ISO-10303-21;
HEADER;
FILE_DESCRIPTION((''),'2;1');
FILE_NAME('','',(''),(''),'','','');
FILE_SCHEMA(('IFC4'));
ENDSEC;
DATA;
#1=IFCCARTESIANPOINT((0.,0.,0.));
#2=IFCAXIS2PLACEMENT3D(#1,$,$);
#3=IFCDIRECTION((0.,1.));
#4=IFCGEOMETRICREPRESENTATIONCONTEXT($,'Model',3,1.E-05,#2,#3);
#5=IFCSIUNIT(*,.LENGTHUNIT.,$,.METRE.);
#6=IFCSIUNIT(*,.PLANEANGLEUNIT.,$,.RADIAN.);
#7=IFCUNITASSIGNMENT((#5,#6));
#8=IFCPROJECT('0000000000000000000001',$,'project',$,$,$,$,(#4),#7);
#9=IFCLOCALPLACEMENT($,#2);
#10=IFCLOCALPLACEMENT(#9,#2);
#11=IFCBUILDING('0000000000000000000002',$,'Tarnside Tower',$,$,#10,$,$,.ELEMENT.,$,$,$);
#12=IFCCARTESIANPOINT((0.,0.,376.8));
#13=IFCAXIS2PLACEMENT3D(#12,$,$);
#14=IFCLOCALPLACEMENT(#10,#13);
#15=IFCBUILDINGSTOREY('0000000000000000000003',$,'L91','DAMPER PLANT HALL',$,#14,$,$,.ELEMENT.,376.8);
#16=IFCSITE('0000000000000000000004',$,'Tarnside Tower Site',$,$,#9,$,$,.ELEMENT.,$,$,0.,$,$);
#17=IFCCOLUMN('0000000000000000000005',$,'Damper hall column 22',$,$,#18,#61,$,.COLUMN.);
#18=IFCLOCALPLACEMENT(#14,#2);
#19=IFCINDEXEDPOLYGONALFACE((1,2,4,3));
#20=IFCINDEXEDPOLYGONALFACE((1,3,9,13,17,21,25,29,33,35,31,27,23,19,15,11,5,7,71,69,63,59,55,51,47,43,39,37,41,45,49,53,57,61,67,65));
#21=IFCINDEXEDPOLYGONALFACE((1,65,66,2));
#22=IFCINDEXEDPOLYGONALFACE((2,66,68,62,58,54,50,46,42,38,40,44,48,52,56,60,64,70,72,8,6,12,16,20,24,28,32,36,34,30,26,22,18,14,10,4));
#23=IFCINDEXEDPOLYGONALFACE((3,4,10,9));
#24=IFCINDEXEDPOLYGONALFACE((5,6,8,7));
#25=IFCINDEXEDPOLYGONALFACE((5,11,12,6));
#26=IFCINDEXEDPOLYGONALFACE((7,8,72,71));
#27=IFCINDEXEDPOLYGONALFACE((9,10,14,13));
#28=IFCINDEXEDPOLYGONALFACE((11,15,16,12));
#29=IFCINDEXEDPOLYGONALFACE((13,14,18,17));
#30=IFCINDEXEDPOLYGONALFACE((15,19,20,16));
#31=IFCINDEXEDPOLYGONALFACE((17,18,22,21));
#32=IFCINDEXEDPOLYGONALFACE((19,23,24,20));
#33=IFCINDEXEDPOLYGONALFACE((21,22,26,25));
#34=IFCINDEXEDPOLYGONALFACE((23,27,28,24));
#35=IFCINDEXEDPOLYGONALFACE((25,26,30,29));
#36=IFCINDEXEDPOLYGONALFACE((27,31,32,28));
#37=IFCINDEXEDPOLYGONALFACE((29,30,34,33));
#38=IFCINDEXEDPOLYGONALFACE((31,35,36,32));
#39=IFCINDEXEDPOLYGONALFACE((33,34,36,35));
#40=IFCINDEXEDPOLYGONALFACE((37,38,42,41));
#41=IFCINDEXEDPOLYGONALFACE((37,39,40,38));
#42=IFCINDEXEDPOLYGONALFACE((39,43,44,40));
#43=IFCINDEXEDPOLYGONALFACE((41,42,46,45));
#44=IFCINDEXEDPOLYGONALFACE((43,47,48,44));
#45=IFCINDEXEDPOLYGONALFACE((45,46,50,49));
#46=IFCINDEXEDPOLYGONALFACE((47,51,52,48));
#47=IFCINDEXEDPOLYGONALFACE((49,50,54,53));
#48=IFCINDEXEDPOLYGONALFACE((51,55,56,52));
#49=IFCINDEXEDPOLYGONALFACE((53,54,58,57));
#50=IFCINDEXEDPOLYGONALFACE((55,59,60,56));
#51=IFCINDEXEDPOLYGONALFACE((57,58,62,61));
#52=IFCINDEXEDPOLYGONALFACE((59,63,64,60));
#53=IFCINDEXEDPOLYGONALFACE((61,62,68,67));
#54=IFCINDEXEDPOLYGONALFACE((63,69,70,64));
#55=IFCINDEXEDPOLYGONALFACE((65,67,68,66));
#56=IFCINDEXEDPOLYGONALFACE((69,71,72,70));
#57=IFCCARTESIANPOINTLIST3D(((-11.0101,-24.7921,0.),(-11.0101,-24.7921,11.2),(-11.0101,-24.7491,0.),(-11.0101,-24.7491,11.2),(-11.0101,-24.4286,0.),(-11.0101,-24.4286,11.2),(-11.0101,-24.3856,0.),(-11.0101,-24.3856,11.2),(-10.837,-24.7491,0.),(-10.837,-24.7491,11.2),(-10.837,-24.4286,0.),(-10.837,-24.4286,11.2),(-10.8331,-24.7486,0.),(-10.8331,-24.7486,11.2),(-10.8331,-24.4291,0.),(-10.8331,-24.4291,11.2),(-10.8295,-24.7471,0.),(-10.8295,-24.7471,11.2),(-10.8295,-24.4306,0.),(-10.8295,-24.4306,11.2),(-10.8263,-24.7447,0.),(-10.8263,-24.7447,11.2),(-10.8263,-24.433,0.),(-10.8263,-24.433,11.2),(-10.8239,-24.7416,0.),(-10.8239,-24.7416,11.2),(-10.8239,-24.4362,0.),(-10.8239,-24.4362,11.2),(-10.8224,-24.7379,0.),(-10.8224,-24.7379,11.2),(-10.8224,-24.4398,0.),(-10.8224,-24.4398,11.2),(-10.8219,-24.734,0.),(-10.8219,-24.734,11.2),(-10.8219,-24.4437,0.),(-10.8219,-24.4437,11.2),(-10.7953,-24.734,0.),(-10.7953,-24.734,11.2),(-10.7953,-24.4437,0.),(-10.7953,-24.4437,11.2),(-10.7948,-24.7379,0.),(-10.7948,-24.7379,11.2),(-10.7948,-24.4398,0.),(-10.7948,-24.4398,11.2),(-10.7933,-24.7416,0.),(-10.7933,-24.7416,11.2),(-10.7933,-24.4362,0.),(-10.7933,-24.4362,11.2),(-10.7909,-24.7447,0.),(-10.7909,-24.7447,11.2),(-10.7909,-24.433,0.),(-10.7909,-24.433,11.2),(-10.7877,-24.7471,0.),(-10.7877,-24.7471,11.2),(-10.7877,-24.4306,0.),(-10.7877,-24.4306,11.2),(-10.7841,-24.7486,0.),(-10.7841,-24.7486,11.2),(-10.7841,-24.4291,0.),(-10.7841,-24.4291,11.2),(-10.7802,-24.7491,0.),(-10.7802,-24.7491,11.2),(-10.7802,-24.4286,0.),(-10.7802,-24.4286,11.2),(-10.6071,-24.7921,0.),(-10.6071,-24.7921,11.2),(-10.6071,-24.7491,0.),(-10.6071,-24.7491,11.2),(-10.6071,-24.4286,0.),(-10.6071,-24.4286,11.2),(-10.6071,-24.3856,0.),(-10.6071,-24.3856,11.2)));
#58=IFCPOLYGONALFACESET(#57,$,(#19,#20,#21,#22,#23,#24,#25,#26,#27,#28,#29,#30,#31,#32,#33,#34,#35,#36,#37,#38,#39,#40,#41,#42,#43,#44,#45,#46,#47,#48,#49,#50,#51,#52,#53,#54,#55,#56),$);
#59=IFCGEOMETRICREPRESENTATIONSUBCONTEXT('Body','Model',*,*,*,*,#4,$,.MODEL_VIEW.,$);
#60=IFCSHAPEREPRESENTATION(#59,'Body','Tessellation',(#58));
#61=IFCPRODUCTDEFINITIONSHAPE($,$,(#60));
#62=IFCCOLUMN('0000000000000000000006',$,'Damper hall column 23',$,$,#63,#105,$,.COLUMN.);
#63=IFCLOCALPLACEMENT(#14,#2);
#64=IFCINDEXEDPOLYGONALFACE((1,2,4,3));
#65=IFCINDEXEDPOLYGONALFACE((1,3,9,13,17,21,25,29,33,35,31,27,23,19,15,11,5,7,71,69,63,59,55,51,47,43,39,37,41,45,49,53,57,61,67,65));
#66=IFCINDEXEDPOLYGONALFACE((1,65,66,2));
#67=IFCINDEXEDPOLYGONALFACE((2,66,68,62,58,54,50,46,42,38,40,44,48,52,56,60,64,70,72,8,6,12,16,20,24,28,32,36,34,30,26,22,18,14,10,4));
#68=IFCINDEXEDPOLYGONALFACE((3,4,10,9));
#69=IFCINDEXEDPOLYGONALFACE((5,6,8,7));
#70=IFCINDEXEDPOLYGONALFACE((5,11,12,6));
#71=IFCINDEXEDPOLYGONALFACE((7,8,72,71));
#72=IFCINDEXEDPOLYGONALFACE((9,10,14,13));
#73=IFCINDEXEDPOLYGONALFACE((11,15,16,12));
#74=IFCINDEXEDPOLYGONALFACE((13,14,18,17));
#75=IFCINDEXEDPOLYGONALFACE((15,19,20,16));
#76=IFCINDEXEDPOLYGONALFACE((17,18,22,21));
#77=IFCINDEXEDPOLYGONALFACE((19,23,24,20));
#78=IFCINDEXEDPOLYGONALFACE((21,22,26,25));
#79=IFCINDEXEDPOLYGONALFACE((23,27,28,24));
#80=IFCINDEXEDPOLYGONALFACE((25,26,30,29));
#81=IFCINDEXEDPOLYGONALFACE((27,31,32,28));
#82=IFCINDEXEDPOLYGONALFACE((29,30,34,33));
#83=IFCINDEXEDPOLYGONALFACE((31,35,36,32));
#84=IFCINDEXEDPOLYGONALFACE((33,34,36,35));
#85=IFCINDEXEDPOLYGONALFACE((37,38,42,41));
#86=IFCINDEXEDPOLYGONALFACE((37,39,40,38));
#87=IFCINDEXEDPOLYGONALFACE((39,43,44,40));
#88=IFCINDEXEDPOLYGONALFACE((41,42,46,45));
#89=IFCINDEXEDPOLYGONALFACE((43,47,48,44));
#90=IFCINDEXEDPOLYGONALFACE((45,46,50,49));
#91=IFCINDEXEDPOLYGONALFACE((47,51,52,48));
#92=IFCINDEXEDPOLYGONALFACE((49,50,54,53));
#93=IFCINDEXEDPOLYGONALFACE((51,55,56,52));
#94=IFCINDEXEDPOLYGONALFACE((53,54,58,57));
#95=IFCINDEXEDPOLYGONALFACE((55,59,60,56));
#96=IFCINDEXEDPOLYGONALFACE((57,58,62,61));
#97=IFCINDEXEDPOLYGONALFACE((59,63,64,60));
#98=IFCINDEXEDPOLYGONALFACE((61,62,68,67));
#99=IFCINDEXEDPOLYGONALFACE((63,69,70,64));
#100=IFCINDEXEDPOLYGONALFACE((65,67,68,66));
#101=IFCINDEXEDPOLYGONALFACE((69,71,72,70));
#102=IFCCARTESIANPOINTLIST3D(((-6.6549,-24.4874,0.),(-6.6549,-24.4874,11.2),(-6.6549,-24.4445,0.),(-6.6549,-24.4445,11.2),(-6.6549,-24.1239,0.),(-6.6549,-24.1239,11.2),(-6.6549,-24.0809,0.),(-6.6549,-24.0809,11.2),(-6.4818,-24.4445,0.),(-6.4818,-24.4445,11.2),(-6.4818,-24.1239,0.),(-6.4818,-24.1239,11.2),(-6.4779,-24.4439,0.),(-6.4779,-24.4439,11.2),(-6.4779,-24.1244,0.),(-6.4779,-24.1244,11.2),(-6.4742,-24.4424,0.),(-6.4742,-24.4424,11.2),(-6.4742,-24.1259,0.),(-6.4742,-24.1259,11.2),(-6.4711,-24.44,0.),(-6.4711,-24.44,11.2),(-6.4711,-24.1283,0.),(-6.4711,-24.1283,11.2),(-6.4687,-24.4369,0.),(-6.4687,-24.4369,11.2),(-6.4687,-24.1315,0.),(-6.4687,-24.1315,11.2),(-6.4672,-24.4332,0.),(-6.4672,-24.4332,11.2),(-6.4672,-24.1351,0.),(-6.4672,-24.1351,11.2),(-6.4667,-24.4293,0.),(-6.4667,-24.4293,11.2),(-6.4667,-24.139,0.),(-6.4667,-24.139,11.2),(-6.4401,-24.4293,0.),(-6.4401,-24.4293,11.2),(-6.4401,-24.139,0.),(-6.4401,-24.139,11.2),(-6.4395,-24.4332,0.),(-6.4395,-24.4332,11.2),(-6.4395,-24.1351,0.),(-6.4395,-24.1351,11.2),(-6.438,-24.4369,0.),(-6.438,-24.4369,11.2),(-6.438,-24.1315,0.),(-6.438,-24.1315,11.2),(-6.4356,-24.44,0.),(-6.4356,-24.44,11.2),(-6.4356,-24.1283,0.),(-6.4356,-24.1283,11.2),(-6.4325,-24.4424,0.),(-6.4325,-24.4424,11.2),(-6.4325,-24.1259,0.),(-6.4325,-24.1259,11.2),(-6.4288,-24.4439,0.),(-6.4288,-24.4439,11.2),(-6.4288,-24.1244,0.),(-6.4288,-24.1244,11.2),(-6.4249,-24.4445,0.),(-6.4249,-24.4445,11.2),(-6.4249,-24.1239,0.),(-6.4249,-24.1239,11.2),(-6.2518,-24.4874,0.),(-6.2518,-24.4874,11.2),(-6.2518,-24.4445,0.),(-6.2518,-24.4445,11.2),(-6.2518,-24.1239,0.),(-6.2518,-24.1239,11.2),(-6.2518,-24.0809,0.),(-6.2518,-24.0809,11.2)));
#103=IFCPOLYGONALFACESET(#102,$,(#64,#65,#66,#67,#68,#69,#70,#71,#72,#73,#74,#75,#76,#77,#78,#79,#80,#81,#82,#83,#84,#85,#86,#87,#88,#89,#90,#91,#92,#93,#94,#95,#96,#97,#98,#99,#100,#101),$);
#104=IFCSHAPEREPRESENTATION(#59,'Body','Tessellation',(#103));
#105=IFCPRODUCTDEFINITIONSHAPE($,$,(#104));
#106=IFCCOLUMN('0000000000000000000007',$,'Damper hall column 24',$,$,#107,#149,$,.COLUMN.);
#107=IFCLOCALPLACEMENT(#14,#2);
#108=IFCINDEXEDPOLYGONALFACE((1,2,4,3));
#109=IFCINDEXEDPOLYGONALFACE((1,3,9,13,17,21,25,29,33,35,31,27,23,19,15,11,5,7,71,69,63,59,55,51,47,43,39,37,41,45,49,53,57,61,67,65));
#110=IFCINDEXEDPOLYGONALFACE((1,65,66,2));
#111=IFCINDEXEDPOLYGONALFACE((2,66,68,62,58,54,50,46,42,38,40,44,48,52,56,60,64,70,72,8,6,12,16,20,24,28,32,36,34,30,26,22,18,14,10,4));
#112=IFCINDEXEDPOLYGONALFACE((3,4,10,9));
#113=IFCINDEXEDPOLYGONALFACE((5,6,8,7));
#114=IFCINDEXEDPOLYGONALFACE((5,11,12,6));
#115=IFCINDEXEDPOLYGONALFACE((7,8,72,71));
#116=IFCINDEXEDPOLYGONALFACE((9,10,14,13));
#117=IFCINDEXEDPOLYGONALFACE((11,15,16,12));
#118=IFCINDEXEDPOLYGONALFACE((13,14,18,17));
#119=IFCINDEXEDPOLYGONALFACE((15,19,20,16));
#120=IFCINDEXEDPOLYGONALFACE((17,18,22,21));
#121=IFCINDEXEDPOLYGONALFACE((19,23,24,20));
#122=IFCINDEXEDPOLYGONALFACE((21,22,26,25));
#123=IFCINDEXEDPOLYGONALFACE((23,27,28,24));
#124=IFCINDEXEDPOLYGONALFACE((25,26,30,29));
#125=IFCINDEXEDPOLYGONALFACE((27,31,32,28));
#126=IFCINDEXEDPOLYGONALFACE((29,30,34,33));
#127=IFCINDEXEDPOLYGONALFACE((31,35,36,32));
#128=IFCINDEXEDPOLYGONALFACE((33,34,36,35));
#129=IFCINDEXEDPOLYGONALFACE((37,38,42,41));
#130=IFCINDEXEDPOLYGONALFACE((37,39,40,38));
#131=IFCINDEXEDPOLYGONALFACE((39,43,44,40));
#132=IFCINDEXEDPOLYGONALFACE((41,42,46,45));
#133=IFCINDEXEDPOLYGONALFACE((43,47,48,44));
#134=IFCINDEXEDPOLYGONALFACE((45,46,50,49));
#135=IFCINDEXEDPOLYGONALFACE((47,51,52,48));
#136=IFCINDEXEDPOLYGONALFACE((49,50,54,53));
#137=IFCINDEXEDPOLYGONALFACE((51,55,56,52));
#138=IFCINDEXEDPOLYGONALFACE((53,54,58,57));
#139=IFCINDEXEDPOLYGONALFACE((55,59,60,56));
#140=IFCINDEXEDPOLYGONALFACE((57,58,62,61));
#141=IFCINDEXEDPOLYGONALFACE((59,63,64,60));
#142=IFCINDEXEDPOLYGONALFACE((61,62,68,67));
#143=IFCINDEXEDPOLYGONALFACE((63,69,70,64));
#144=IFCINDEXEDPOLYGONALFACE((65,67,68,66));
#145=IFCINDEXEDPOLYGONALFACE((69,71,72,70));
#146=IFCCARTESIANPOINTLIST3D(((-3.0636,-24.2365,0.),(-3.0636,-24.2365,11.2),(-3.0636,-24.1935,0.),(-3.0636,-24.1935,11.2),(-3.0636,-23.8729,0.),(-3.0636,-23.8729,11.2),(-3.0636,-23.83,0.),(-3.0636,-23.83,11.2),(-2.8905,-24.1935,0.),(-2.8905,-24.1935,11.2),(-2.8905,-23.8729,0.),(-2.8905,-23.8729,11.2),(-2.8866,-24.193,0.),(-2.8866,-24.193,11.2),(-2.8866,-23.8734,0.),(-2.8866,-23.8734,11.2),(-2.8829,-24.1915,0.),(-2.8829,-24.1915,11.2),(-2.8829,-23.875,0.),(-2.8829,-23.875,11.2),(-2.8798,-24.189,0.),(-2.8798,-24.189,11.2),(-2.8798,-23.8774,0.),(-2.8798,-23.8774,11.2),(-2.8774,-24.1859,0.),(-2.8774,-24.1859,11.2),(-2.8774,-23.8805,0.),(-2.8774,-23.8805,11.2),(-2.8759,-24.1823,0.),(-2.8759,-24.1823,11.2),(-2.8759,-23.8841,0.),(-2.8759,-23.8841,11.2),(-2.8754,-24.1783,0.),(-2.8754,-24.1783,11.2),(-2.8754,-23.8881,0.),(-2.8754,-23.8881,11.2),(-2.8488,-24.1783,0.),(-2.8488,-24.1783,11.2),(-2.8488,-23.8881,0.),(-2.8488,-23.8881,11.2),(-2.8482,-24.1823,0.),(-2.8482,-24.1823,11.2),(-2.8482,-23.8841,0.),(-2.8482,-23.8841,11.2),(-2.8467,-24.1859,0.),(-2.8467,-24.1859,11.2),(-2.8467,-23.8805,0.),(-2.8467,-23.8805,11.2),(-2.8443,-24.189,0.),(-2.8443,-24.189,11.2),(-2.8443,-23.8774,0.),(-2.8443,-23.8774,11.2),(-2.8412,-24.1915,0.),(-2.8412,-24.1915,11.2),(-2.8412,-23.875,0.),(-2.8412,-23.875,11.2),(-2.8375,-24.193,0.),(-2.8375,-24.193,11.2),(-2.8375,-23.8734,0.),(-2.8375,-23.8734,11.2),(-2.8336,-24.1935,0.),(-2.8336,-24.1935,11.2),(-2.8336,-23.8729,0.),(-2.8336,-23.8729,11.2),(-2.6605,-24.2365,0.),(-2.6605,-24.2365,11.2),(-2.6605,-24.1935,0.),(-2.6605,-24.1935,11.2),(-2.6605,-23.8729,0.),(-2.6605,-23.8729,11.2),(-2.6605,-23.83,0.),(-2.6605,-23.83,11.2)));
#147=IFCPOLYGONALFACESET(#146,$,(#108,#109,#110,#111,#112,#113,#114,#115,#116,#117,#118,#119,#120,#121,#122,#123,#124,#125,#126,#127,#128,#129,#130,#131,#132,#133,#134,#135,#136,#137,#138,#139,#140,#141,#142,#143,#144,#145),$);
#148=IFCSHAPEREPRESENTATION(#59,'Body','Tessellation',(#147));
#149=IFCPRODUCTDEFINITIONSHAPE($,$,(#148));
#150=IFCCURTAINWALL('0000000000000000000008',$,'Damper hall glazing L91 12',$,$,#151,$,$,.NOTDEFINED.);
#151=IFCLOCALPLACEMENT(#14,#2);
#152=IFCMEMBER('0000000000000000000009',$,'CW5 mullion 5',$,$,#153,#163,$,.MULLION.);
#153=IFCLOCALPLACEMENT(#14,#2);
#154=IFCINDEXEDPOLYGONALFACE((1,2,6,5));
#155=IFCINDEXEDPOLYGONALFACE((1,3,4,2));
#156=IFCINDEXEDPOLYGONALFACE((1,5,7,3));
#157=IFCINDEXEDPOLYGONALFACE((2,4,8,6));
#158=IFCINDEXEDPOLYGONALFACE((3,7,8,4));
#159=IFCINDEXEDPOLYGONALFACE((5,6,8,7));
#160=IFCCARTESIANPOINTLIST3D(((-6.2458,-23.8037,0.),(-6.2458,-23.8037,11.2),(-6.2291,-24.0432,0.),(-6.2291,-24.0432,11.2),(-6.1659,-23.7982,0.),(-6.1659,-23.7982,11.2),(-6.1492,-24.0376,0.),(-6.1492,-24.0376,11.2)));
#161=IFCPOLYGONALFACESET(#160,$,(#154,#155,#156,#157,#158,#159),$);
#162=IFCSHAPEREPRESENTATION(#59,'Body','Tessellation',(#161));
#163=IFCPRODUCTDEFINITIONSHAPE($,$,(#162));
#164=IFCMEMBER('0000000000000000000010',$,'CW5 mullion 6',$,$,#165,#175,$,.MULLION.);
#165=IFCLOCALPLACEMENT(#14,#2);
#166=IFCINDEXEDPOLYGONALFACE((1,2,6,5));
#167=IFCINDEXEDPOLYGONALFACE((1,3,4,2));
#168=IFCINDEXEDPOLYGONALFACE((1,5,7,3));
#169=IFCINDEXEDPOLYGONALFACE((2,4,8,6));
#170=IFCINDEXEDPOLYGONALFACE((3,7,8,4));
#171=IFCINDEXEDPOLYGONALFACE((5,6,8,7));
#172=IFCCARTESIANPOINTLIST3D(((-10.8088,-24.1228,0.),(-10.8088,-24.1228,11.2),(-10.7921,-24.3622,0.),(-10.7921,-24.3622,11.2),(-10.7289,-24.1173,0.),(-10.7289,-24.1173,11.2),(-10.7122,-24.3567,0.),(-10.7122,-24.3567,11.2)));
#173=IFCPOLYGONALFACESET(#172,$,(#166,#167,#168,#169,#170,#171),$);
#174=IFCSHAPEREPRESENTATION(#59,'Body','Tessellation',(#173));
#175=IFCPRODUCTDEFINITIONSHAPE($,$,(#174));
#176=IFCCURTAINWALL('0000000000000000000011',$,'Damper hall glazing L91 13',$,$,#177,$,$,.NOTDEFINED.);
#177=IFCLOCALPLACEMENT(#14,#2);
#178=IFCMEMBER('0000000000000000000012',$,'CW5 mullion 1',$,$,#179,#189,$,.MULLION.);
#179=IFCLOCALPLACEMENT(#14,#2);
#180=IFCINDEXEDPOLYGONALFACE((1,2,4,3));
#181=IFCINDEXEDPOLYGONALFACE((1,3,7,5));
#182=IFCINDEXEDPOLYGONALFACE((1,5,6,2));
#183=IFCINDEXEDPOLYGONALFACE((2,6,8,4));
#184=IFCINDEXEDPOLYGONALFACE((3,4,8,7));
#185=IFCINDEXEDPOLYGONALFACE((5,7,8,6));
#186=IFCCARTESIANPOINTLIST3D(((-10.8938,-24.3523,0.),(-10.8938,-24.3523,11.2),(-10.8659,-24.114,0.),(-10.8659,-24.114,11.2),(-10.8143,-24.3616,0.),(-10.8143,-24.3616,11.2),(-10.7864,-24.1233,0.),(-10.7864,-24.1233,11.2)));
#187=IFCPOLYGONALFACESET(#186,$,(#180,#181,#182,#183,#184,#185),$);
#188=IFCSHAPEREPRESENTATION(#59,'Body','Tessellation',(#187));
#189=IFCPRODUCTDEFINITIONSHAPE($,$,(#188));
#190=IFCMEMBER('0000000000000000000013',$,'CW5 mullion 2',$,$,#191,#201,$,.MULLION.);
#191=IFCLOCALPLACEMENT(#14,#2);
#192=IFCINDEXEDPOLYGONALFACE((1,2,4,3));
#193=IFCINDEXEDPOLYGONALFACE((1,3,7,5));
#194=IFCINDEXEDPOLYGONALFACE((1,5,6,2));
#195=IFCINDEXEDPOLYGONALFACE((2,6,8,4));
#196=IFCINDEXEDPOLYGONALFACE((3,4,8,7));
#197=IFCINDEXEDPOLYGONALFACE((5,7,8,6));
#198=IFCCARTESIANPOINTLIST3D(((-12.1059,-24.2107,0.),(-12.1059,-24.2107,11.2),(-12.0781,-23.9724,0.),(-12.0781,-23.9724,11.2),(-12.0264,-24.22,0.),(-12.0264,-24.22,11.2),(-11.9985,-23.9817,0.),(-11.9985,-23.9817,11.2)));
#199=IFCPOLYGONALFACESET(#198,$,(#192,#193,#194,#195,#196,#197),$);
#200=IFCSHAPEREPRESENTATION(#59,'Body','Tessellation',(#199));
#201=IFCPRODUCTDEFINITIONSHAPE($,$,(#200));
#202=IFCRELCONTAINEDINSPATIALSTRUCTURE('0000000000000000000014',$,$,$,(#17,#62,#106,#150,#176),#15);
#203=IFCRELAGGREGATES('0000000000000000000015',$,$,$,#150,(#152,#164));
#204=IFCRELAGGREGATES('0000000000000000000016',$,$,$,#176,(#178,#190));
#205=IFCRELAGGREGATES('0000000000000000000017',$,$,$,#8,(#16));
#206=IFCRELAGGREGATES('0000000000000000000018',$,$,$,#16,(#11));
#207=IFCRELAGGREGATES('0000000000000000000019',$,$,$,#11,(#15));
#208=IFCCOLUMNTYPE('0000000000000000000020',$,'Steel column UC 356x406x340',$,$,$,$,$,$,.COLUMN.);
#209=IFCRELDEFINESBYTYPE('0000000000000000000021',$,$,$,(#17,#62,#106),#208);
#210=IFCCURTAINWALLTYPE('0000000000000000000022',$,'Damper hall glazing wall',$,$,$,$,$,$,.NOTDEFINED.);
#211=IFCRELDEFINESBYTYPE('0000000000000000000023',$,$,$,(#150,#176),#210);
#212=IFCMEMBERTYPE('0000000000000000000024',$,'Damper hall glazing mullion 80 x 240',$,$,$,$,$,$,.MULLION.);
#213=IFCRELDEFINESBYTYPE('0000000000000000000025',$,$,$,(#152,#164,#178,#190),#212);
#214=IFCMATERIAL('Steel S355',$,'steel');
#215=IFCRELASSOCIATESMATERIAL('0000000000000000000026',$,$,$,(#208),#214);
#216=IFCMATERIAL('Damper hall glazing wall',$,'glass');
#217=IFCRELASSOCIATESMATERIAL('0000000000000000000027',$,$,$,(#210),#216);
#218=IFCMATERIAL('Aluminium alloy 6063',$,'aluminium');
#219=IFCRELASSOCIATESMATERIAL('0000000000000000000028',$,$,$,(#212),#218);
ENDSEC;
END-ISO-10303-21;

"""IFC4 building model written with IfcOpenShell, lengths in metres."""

from ifc_helpers import new_model, si_unit, direction, frame, origin, origin_2d, place, context, subcontext, project, spatial, rectangle, i_section, extrude, material, material_profile, profile_set, type_object, element, aggregate, save


model = new_model("IFC4")

# Units and contexts
model_context = context("Model", 3, precision=1e-05, world=origin(), true_north=direction((0.0, 1.0)))
body_context = subcontext(model_context, "Body", "Model", "MODEL_VIEW")
ifc_project = project(units=[si_unit("LENGTHUNIT", "METRE"), si_unit("PLANEANGLEUNIT", "RADIAN")], contexts=[model_context])

# Site, building, storey
site_placement = place(None, origin())
site = spatial("IfcSite", under=ifc_project, at=site_placement, Name="Tarnside Tower Site", CompositionType="ELEMENT", RefElevation=0.0)
building_placement = place(site_placement, origin())
building = spatial("IfcBuilding", under=site, at=building_placement, Name="Tarnside Tower", CompositionType="ELEMENT")
storey_placement = place(building_placement, frame((0.0, 0.0, 376.8)))
storey = spatial("IfcBuildingStorey", under=building, at=storey_placement, Name="L91", Description="DAMPER PLANT HALL", CompositionType="ELEMENT", Elevation=376.8)

# Columns
ifc_material_1 = material(Name="Steel S355", Category="steel")
ifc_material_profile_1 = material_profile(ifc_material_1, i_section(OverallWidth=0.4031, OverallDepth=0.4065, WebThickness=0.0266, FlangeThickness=0.043, FilletRadius=0.0151, at=origin_2d()), Name="UC 356x406x340")
ifc_profile_set_1 = profile_set([ifc_material_profile_1], Name="Steel S355")
column_type = type_object("IfcColumnType", Name="Steel column UC 356x406x340", PredefinedType="COLUMN", material=ifc_profile_set_1)
for number, where, z_axis, x_axis, name in (
    (1, (-10.8086, -24.5889, 0.0), (0.0, 0.0, 1.0), (1.0, 0.0, 0.0), "Damper hall column 22"),
    (2, (-6.4534, -24.2842, 0.0), (0.0, 0.0, 1.0), (1.0, 0.0, 0.0), "Damper hall column 23"),
    (3, (-2.8621, -24.0332, 0.0), (0.0, 0.0, 1.0), (1.0, 0.0, 0.0), "Damper hall column 24"),
):
    element("IfcColumn", number, at=place(storey_placement, frame(where, z_axis=z_axis, x_axis=x_axis)), inside=storey, type_object=column_type, Name=name, PredefinedType="COLUMN", context=body_context, shape_type="SweptSolid", body=[
        extrude(i_section(OverallWidth=0.4031, OverallDepth=0.4065, WebThickness=0.0266, FlangeThickness=0.043, FilletRadius=0.0151, at=origin_2d()), origin(), (0.0, 0.0, 1.0), 11.2),
    ])

# Curtain walls, members
ifc_material_2 = material(Name="Damper hall glazing wall", Category="glass")
curtain_wall_type = type_object("IfcCurtainWallType", Name="Damper hall glazing wall", PredefinedType="NOTDEFINED", material=ifc_material_2)
curtain_wall_1_placement = place(storey_placement, origin())
curtain_wall_1 = element("IfcCurtainWall", 4, at=curtain_wall_1_placement, inside=storey, type_object=curtain_wall_type, Name="Damper hall glazing L91 12", PredefinedType="NOTDEFINED")
ifc_material_3 = material(Name="Aluminium alloy 6063", Category="aluminium")
ifc_material_profile_2 = material_profile(ifc_material_3, rectangle(XDim=0.24, YDim=0.0801, at=origin_2d()), Name="Damper hall glazing mullion 80 x 240")
ifc_profile_set_2 = profile_set([ifc_material_profile_2], Name="Aluminium alloy 6063")
member_type_1 = type_object("IfcMemberType", Name="Damper hall glazing mullion 80 x 240", PredefinedType="MULLION", material=ifc_profile_set_2)
member_1_placement = place(storey_placement, frame((-6.1975, -23.9207, 0.0), z_axis=(0.0, 0.0, 1.0), x_axis=(0.069756, -0.997564, 0.0)))
member_1 = element("IfcMember", 5, at=member_1_placement, type_object=member_type_1, Name="CW5 mullion 5", PredefinedType="MULLION", context=body_context, shape_type="SweptSolid", body=[
    extrude(rectangle(XDim=0.24, YDim=0.0801, at=origin_2d()), origin(), (0.0, 0.0, 1.0), 11.2),
])
member_2_placement = place(storey_placement, frame((-10.7605, -24.2397, 0.0), z_axis=(0.0, 0.0, 1.0), x_axis=(0.069756, -0.997564, 0.0)))
member_2 = element("IfcMember", 6, at=member_2_placement, type_object=member_type_1, Name="CW5 mullion 6", PredefinedType="MULLION", context=body_context, shape_type="SweptSolid", body=[
    extrude(rectangle(XDim=0.24, YDim=0.0801, at=origin_2d()), origin(), (0.0, 0.0, 1.0), 11.2),
])
curtain_wall_2_placement = place(storey_placement, origin())
curtain_wall_2 = element("IfcCurtainWall", 7, at=curtain_wall_2_placement, inside=storey, type_object=curtain_wall_type, Name="Damper hall glazing L91 13", PredefinedType="NOTDEFINED")
member_3_placement = place(storey_placement, frame((-10.8401, -24.2378, 0.0), z_axis=(0.0, 0.0, 1.0), x_axis=(-0.116093, -0.993238, 0.0)))
member_3 = element("IfcMember", 8, at=member_3_placement, type_object=member_type_1, Name="CW5 mullion 1", PredefinedType="MULLION", context=body_context, shape_type="SweptSolid", body=[
    extrude(rectangle(XDim=0.24, YDim=0.0801, at=origin_2d()), origin(), (0.0, 0.0, 1.0), 11.2),
])
member_4_placement = place(storey_placement, frame((-12.0522, -24.0962, 0.0), z_axis=(0.0, 0.0, 1.0), x_axis=(-0.116093, -0.993238, 0.0)))
member_4 = element("IfcMember", 9, at=member_4_placement, type_object=member_type_1, Name="CW5 mullion 2", PredefinedType="MULLION", context=body_context, shape_type="SweptSolid", body=[
    extrude(rectangle(XDim=0.24, YDim=0.0801, at=origin_2d()), origin(), (0.0, 0.0, 1.0), 11.2),
])

aggregate(curtain_wall_1, [member_1, member_2])
aggregate(curtain_wall_2, [member_3, member_4])

save(model, "model.ifc")
